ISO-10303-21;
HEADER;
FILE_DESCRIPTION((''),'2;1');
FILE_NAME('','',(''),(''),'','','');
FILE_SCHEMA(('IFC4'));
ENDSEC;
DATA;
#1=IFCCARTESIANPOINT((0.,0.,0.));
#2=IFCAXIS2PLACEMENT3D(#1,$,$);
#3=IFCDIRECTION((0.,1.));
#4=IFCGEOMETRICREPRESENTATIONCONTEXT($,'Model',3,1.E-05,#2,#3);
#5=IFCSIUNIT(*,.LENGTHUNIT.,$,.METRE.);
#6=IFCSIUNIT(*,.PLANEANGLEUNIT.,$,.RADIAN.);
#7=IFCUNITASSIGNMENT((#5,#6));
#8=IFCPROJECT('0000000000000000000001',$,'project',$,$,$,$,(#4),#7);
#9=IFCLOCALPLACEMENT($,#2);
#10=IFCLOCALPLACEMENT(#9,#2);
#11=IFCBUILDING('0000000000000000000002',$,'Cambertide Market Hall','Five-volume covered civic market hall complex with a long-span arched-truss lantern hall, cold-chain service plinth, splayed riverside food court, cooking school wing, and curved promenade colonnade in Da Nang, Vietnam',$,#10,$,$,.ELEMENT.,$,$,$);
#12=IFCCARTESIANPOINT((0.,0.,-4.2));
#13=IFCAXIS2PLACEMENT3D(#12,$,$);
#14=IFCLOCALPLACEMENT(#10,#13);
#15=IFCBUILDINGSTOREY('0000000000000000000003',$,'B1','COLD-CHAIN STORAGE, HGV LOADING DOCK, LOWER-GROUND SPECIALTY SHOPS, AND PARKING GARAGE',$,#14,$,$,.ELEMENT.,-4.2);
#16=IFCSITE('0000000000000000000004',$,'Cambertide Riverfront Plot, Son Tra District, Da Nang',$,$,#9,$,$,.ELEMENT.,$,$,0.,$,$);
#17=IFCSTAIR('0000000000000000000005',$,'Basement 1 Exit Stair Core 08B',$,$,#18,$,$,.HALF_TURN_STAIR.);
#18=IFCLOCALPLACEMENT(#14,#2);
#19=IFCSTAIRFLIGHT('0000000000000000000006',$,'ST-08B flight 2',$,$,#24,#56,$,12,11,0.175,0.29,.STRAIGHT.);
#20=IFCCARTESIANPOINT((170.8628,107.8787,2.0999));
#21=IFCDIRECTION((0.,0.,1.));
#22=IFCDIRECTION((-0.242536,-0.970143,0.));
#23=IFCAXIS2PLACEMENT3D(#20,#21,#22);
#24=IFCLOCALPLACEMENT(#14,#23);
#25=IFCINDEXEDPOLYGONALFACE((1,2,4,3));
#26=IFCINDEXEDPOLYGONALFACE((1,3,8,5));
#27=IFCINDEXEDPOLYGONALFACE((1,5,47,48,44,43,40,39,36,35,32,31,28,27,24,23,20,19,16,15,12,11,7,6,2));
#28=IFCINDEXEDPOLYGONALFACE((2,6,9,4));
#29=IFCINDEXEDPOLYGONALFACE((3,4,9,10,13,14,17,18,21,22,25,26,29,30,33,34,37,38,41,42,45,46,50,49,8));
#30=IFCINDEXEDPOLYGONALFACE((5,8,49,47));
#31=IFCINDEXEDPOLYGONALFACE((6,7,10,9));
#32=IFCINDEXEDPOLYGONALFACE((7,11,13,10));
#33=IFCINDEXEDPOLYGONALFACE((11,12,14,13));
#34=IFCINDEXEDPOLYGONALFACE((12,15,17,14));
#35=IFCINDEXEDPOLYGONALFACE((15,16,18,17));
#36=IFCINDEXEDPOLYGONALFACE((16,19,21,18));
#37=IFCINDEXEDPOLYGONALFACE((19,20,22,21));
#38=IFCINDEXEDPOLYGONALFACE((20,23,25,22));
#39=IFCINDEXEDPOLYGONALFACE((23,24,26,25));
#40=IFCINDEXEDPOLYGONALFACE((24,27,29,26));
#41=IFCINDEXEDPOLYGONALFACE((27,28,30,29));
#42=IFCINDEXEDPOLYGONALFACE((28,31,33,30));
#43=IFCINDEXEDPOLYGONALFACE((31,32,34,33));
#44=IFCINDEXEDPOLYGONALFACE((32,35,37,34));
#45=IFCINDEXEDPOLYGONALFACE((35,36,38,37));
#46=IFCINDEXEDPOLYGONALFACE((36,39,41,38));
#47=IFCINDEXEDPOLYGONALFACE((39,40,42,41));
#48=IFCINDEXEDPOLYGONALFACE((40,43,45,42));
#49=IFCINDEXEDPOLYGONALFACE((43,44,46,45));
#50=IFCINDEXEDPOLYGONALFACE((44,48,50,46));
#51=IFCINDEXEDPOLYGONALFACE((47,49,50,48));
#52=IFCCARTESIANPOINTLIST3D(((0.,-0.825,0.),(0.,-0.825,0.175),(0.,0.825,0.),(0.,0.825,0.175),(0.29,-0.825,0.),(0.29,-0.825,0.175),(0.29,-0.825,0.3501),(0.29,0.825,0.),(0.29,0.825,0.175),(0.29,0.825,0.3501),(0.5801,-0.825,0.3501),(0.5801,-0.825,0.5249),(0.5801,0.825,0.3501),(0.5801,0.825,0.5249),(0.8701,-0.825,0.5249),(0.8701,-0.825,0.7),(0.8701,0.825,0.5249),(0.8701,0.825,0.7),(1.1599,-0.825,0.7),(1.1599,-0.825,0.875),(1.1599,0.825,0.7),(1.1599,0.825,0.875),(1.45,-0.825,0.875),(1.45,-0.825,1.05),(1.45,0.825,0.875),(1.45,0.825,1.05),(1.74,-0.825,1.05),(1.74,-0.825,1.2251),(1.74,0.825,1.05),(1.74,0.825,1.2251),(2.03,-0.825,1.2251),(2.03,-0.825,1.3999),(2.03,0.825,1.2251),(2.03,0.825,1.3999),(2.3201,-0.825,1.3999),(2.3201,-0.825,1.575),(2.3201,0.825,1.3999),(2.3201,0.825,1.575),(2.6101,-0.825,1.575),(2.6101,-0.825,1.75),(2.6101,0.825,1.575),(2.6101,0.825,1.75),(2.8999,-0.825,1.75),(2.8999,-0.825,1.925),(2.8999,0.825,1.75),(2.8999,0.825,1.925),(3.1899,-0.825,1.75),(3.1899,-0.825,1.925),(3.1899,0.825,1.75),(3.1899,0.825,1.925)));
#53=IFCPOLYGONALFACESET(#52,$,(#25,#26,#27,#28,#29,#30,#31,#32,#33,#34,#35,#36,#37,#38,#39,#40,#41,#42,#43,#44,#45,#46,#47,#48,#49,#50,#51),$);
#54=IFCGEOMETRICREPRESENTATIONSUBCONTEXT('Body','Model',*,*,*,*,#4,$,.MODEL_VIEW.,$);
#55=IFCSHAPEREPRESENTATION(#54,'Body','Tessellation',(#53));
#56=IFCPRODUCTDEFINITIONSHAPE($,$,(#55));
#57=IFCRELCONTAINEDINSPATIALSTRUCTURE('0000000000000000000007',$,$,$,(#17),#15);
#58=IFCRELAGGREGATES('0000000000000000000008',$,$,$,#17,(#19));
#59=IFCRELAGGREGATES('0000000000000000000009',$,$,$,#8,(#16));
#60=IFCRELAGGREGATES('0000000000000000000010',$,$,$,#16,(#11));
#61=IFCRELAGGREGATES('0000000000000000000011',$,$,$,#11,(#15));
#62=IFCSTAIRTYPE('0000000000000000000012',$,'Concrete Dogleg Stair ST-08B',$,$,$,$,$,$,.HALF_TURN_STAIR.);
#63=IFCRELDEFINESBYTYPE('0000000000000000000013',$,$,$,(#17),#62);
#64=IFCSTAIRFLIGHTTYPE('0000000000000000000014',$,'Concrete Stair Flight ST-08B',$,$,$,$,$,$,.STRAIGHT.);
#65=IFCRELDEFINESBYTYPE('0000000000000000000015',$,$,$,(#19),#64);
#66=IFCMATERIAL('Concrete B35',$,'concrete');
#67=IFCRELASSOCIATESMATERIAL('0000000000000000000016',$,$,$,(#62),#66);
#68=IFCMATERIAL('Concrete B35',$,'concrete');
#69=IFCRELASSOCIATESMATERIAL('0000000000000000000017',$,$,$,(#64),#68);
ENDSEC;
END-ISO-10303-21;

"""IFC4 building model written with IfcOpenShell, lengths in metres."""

from ifc_helpers import new_model, si_unit, direction, frame, origin, place, context, subcontext, project, spatial, polyline, outline, extrude, material, type_object, element, aggregate, save


model = new_model("IFC4")

# Units and contexts
model_context = context("Model", 3, precision=1e-05, world=origin(), true_north=direction((0.0, 1.0)))
body_context = subcontext(model_context, "Body", "Model", "MODEL_VIEW")
ifc_project = project(units=[si_unit("LENGTHUNIT", "METRE"), si_unit("PLANEANGLEUNIT", "RADIAN")], contexts=[model_context])

# Site, building, storey
site_placement = place(None, origin())
site = spatial("IfcSite", under=ifc_project, at=site_placement, Name="Cambertide Riverfront Plot, Son Tra District, Da Nang", CompositionType="ELEMENT", RefElevation=0.0)
building_placement = place(site_placement, origin())
building = spatial("IfcBuilding", under=site, at=building_placement, Name="Cambertide Market Hall", Description="Five-volume covered civic market hall complex with a long-span arched-truss lantern hall, cold-chain service plinth, splayed riverside food court, cooking school wing, and curved promenade colonnade in Da Nang, Vietnam", CompositionType="ELEMENT")
storey_placement = place(building_placement, frame((0.0, 0.0, -4.2)))
storey = spatial("IfcBuildingStorey", under=building, at=storey_placement, Name="B1", Description="COLD-CHAIN STORAGE, HGV LOADING DOCK, LOWER-GROUND SPECIALTY SHOPS, AND PARKING GARAGE", CompositionType="ELEMENT", Elevation=-4.2)

# Stair, stair flight
ifc_material_1 = material(Name="Concrete B35", Category="concrete")
stair_type = type_object("IfcStairType", Name="Concrete Dogleg Stair ST-08B", PredefinedType="HALF_TURN_STAIR", material=ifc_material_1)
stair_placement = place(storey_placement, origin())
stair = element("IfcStair", 1, at=stair_placement, inside=storey, type_object=stair_type, Name="Basement 1 Exit Stair Core 08B", PredefinedType="HALF_TURN_STAIR")
ifc_material_2 = material(Name="Concrete B35", Category="concrete")
stair_flight_type = type_object("IfcStairFlightType", Name="Concrete Stair Flight ST-08B", PredefinedType="STRAIGHT", material=ifc_material_2)
stair_flight_placement = place(storey_placement, frame((170.8628, 107.8787, 2.0999), z_axis=(0.0, 0.0, 1.0), x_axis=(-0.242536, -0.970143, 0.0)))
stair_flight = element("IfcStairFlight", 2, at=stair_flight_placement, type_object=stair_flight_type, Name="ST-08B flight 2", NumberOfRisers=12, NumberOfTreads=11, PredefinedType="STRAIGHT", RiserHeight=0.175, TreadLength=0.29, context=body_context, shape_type="SweptSolid", body=[
    extrude(outline(polyline([(0.0, 0.0), (0.0, 0.175), (0.29, 0.175), (0.29, 0.3501), (0.5801, 0.3501), (0.5801, 0.5249), (0.8701, 0.5249), (0.8701, 0.7), (1.1599, 0.7), (1.1599, 0.875), (1.45, 0.875), (1.45, 1.05), (1.74, 1.05), (1.74, 1.2251), (2.03, 1.2251), (2.03, 1.3999), (2.3201, 1.3999), (2.3201, 1.575), (2.6101, 1.575), (2.6101, 1.75), (2.8999, 1.75), (2.8999, 1.925), (3.1899, 1.925), (3.1899, 2.1001), (3.1899, 1.75), (0.29, 0.0), (0.0, 0.0)])), frame((0.0, 0.825, 0.0), z_axis=(0.0, -1.0, 0.0), x_axis=(1.0, 0.0, 0.0)), (0.0, 0.0, 1.0), 1.6499),
])
aggregate(stair, [stair_flight])

save(model, "model.ifc")
